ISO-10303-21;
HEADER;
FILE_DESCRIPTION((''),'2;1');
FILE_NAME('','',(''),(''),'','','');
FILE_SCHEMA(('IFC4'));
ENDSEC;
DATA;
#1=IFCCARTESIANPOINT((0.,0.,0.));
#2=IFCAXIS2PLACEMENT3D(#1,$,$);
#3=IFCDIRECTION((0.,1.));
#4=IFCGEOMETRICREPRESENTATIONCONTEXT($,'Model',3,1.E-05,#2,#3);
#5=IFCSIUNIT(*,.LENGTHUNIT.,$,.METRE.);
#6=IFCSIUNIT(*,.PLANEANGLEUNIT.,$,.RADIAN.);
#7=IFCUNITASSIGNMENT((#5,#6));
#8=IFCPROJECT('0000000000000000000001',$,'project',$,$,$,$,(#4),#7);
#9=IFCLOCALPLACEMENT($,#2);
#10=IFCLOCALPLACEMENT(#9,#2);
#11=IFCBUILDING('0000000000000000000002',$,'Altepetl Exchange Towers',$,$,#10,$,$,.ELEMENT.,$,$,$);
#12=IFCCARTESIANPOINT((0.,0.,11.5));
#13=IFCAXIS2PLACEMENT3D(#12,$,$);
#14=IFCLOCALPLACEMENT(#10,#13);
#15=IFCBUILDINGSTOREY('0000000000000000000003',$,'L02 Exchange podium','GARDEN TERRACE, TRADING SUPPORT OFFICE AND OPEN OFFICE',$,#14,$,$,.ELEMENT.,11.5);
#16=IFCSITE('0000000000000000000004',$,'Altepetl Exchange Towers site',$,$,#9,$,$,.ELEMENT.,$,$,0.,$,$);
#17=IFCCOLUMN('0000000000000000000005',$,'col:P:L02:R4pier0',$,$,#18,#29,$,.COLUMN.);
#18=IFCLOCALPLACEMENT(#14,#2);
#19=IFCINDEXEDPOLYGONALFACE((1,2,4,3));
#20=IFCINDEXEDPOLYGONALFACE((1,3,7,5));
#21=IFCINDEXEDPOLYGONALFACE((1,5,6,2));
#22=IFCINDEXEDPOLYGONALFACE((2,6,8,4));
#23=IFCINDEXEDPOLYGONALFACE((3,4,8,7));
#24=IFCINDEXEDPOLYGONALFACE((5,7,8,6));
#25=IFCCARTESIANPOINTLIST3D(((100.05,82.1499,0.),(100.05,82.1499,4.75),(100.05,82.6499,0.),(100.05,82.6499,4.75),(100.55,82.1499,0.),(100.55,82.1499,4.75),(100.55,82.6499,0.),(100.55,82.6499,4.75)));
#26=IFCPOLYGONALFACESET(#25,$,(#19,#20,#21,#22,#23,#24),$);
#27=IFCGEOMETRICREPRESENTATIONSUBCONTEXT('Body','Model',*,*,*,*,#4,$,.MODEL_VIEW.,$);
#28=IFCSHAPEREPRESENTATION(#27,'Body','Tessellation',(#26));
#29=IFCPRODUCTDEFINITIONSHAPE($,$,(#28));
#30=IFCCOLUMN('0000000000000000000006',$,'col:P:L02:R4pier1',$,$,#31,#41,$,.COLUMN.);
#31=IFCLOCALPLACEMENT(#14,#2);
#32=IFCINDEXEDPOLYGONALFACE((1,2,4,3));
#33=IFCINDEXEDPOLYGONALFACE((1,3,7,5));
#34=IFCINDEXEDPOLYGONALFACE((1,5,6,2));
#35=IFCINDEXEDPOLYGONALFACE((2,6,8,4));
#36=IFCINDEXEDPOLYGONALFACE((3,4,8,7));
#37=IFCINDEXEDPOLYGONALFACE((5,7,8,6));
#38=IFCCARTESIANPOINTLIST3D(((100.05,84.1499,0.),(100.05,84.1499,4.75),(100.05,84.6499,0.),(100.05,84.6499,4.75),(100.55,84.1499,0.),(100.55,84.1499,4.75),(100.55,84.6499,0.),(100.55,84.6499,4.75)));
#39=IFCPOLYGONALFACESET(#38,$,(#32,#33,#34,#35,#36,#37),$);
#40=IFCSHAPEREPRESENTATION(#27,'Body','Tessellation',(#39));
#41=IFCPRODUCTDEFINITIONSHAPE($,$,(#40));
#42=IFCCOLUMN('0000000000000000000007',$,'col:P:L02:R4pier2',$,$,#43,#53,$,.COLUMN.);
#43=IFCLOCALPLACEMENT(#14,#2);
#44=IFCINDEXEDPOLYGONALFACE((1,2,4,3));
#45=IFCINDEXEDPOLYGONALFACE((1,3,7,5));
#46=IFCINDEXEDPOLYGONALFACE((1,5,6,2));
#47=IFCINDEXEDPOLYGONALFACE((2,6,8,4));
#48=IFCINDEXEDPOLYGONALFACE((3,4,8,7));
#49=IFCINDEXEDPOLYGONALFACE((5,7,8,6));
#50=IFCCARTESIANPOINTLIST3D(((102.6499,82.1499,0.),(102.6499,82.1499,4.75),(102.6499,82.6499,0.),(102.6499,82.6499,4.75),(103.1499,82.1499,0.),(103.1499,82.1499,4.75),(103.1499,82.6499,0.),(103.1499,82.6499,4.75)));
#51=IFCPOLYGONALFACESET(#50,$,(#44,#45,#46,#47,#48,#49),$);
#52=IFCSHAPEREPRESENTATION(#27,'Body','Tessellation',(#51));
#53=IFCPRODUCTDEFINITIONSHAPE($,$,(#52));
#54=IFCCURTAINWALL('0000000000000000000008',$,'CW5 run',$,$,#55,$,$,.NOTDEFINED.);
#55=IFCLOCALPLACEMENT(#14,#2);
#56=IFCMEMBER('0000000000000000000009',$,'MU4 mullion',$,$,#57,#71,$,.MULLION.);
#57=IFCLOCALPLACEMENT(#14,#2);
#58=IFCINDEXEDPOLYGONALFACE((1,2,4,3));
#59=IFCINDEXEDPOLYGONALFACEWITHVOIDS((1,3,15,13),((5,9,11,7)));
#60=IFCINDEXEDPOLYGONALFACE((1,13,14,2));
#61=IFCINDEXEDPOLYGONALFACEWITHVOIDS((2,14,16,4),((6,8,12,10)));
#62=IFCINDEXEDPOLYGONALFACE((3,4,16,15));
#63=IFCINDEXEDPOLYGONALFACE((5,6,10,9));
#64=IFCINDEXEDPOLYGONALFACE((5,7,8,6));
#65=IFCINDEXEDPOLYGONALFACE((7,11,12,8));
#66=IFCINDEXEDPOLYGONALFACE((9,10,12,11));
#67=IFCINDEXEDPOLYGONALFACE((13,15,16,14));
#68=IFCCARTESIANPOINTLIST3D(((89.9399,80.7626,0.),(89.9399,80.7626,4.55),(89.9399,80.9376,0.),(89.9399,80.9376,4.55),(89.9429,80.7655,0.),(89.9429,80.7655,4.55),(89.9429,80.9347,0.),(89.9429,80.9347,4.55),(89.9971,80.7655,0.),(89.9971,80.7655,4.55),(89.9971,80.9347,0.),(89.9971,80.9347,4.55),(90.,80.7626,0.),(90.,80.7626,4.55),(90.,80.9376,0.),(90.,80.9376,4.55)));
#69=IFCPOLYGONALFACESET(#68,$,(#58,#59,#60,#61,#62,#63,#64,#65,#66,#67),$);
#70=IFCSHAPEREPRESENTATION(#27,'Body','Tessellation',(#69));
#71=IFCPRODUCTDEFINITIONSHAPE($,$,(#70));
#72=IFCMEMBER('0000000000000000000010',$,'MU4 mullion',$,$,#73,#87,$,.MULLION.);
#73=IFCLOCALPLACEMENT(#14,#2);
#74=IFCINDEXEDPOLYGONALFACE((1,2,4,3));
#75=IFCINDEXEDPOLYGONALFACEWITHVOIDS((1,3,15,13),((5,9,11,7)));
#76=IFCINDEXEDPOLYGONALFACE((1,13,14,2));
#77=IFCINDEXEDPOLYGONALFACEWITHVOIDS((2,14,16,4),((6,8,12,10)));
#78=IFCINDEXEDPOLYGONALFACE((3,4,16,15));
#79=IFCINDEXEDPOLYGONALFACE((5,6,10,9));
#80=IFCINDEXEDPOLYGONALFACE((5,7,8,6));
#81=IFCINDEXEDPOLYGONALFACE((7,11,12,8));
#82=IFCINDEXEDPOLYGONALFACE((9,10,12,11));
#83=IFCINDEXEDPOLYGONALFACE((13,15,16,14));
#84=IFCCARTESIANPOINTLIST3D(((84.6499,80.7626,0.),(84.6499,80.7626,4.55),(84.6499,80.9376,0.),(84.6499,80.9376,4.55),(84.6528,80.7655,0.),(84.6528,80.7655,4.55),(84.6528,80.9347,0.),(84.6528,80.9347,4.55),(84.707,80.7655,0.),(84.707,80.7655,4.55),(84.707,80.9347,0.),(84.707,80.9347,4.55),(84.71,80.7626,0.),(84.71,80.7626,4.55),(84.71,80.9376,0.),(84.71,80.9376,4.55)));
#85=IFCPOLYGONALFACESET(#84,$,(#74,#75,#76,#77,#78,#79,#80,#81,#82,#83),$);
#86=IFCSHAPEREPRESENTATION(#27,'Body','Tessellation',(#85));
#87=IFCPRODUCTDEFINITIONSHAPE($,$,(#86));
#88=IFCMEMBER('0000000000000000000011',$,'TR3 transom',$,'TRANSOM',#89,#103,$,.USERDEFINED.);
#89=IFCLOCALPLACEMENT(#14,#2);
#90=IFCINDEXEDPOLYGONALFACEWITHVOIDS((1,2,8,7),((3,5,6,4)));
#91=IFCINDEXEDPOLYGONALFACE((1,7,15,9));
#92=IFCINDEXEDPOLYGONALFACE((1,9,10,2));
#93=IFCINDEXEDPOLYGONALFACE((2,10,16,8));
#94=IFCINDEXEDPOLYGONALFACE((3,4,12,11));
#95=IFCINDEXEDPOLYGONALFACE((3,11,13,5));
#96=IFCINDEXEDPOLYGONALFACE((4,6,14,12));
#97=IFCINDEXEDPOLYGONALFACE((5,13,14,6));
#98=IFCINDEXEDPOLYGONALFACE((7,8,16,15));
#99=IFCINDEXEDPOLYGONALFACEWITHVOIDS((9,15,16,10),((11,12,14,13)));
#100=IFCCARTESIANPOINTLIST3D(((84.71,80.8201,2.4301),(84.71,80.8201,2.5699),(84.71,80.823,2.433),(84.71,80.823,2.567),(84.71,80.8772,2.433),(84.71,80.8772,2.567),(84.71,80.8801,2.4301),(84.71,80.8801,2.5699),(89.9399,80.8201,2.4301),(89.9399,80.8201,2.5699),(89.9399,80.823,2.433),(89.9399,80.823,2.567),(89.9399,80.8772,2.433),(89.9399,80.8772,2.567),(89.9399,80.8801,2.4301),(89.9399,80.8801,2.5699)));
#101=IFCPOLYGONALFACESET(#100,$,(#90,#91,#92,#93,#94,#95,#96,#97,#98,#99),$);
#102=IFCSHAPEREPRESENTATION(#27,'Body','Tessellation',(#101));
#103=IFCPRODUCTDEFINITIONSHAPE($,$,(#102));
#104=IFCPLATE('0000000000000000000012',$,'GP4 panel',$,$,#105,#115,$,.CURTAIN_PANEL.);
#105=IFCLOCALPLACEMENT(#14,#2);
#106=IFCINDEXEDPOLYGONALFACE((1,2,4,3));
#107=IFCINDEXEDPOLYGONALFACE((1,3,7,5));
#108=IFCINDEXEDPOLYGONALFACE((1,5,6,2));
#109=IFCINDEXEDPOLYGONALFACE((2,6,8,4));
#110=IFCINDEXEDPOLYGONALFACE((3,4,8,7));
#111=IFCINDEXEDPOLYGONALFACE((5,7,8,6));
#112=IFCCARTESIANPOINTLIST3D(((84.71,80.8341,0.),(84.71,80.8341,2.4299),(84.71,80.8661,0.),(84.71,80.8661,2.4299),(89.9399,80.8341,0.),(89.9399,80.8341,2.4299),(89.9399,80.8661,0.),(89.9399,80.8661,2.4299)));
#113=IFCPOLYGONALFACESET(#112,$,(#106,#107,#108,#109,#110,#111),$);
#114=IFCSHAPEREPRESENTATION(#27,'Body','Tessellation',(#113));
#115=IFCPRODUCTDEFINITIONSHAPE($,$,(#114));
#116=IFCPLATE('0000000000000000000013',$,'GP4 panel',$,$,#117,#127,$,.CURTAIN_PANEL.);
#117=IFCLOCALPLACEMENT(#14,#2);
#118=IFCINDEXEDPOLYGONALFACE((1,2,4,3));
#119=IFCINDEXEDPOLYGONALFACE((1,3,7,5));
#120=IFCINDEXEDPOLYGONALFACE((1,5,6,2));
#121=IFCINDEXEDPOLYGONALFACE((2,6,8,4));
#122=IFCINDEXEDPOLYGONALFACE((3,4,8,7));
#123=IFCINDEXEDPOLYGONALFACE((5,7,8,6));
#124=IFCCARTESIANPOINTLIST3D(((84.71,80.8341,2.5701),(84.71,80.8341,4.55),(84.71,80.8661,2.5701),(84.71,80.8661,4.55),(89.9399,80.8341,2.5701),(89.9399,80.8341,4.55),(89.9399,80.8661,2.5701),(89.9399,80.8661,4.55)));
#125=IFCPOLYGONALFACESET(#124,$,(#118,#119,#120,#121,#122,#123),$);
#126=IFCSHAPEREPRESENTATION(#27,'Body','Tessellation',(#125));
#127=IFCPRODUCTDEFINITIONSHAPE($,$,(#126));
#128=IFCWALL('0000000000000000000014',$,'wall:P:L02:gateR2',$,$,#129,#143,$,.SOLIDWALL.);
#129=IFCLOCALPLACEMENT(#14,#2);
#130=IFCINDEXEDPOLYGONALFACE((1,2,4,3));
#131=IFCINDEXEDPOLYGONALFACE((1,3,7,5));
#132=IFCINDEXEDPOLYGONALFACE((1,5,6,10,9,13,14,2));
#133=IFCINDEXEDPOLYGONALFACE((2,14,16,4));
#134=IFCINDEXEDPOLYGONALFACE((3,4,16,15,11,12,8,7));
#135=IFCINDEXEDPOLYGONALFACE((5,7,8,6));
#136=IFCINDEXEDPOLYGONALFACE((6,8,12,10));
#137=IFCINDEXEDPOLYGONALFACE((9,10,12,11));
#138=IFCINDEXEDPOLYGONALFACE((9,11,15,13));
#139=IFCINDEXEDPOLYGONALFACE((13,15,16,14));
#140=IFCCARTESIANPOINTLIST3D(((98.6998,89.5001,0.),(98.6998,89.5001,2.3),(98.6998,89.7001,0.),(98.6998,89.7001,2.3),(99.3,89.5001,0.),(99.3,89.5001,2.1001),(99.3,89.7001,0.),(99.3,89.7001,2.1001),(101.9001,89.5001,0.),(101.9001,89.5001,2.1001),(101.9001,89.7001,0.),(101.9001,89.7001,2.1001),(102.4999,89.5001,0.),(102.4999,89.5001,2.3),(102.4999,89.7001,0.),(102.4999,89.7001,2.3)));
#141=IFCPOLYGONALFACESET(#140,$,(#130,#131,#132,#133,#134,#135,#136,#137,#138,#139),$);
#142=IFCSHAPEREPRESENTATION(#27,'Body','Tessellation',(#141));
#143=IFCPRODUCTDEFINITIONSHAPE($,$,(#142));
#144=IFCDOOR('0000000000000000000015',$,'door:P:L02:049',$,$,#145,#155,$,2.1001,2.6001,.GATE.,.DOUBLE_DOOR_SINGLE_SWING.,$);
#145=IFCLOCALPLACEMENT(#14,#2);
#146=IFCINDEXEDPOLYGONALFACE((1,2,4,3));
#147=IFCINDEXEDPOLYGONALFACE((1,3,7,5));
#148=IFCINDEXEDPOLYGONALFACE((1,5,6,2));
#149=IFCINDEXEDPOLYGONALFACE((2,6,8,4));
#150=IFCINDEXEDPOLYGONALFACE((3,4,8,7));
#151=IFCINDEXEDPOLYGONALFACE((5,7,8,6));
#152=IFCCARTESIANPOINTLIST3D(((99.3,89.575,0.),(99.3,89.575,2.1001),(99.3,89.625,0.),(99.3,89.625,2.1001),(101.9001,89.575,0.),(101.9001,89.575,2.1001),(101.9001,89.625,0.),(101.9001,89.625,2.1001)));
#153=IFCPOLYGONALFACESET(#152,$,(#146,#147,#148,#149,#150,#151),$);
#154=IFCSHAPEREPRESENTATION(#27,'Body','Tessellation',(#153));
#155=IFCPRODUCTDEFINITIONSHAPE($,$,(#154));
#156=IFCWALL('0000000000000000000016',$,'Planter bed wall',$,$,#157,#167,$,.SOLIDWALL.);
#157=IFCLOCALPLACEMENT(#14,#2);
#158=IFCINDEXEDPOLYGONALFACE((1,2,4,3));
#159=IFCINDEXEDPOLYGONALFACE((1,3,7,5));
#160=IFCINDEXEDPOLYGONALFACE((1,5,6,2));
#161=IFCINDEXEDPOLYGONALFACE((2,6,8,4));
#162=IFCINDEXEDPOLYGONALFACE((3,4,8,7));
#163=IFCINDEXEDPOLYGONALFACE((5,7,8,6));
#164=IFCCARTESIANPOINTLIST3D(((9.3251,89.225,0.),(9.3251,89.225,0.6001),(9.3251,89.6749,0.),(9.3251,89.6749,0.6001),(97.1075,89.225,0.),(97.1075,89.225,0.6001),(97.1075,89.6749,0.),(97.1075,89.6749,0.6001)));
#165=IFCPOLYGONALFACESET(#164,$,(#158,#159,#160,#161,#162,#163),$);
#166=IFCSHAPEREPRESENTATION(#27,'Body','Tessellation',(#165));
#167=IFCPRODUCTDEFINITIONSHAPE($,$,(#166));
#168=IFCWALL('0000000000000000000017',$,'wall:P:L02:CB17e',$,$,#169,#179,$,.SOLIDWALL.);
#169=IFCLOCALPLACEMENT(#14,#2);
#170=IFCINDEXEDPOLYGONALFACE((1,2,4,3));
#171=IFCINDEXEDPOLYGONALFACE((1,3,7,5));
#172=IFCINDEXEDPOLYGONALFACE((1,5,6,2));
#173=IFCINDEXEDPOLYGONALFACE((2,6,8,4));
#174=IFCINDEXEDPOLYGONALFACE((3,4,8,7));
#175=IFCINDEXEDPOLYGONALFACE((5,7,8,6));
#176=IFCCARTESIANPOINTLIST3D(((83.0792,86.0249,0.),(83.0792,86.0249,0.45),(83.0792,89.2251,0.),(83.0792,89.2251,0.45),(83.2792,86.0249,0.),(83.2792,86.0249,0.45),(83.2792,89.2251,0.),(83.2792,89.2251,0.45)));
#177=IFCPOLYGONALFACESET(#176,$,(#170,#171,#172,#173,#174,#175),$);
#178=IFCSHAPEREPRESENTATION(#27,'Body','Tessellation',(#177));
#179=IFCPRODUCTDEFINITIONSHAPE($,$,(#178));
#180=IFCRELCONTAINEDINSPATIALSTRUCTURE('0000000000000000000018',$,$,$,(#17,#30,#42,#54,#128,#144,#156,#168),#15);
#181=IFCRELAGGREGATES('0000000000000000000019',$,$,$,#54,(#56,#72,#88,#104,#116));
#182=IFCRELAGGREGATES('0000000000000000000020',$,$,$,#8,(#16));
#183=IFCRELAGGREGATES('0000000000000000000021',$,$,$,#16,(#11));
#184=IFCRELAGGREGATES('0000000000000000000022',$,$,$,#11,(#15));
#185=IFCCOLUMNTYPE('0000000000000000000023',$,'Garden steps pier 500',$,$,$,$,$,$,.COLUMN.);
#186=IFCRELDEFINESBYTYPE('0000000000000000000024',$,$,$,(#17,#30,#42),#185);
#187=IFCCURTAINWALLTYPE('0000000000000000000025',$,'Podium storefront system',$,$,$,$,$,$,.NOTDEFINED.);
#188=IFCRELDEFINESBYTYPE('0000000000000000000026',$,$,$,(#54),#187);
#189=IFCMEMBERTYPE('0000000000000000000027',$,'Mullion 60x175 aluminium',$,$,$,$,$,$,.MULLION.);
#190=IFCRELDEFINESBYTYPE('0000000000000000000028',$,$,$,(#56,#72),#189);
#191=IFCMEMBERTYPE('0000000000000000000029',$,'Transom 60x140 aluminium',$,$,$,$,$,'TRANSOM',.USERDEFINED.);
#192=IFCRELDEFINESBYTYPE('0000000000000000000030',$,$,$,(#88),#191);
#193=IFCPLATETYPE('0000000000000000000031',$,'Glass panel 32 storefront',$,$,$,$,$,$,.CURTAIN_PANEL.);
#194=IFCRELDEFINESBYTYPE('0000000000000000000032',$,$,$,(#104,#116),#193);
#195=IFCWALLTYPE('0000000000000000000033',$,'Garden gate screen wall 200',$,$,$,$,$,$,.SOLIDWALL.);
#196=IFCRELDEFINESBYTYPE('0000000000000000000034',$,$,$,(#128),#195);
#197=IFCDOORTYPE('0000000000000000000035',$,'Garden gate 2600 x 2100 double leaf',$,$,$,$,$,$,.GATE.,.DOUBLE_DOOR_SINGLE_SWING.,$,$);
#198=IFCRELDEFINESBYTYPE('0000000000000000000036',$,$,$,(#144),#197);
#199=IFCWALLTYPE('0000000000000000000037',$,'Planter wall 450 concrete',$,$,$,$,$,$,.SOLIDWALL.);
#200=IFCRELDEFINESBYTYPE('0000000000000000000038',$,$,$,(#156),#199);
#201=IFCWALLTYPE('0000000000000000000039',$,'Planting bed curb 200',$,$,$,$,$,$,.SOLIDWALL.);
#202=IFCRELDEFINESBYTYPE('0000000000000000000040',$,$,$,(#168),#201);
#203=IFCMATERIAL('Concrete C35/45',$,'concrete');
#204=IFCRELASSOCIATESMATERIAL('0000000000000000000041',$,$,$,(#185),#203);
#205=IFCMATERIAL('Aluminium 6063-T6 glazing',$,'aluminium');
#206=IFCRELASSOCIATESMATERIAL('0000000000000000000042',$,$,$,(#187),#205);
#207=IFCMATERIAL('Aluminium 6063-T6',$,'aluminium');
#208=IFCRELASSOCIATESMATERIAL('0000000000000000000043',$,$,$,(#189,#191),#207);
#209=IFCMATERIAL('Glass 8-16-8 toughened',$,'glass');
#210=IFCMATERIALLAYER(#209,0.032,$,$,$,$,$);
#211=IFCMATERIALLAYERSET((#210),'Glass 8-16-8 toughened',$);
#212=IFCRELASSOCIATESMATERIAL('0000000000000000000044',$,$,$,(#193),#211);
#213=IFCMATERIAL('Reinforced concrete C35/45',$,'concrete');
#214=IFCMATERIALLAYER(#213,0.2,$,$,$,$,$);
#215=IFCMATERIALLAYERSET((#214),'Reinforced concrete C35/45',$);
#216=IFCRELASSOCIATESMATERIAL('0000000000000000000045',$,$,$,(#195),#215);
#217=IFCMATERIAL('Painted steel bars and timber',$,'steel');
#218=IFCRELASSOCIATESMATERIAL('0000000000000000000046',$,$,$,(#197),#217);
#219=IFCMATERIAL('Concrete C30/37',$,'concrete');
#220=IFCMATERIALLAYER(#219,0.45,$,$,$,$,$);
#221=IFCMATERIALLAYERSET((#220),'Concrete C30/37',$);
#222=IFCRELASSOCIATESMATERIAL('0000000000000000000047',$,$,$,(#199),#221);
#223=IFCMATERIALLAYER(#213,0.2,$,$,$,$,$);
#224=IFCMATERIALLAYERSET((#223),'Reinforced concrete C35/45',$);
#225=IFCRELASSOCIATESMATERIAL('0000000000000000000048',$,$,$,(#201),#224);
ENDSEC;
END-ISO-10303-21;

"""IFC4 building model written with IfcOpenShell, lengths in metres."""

from ifc_helpers import new_model, si_unit, direction, frame, frame_2d, origin, origin_2d, place, context, subcontext, project, spatial, rectangle, hollow_rectangle, extrude, material, layer, layer_set, material_profile, profile_set, type_object, element, fill, aggregate, save


model = new_model("IFC4")

# Units and contexts
model_context = context("Model", 3, precision=1e-05, world=origin(), true_north=direction((0.0, 1.0)))
body_context = subcontext(model_context, "Body", "Model", "MODEL_VIEW")
ifc_project = project(units=[si_unit("LENGTHUNIT", "METRE"), si_unit("PLANEANGLEUNIT", "RADIAN")], contexts=[model_context])

# Site, building, storey
site_placement = place(None, origin())
site = spatial("IfcSite", under=ifc_project, at=site_placement, Name="Altepetl Exchange Towers site", CompositionType="ELEMENT", RefElevation=0.0)
building_placement = place(site_placement, origin())
building = spatial("IfcBuilding", under=site, at=building_placement, Name="Altepetl Exchange Towers", CompositionType="ELEMENT")
storey_placement = place(building_placement, frame((0.0, 0.0, 11.5)))
storey = spatial("IfcBuildingStorey", under=building, at=storey_placement, Name="L02 Exchange podium", Description="GARDEN TERRACE, TRADING SUPPORT OFFICE AND OPEN OFFICE", CompositionType="ELEMENT", Elevation=11.5)

# Columns
ifc_material_1 = material(Name="Concrete C35/45", Category="concrete")
ifc_material_profile_1 = material_profile(ifc_material_1, rectangle(XDim=0.5, YDim=0.5, at=origin_2d()), Name="500 x 500")
ifc_profile_set_1 = profile_set([ifc_material_profile_1], Name="Concrete C35/45")
column_type = type_object("IfcColumnType", Name="Garden steps pier 500", PredefinedType="COLUMN", material=ifc_profile_set_1)
for number, where, name in (
    (1, (100.3, 82.3999, 0.0), "col:P:L02:R4pier0"),
    (2, (100.3, 84.3999, 0.0), "col:P:L02:R4pier1"),
    (3, (102.8999, 82.3999, 0.0), "col:P:L02:R4pier2"),
):
    element("IfcColumn", number, at=place(storey_placement, frame(where)), inside=storey, type_object=column_type, Name=name, PredefinedType="COLUMN", context=body_context, shape_type="SweptSolid", body=[
        extrude(rectangle(XDim=0.5, YDim=0.5, at=origin_2d()), origin(), (0.0, 0.0, 1.0), 4.75),
    ])

# Curtain wall, members, plates
ifc_material_2 = material(Name="Aluminium 6063-T6 glazing", Category="aluminium")
curtain_wall_type = type_object("IfcCurtainWallType", Name="Podium storefront system", PredefinedType="NOTDEFINED", material=ifc_material_2)
curtain_wall_placement = place(storey_placement, origin())
curtain_wall = element("IfcCurtainWall", 4, at=curtain_wall_placement, inside=storey, type_object=curtain_wall_type, Name="CW5 run", PredefinedType="NOTDEFINED")
ifc_material_3 = material(Name="Aluminium 6063-T6", Category="aluminium")
ifc_material_profile_2 = material_profile(ifc_material_3, hollow_rectangle(XDim=0.0601, YDim=0.175, WallThickness=0.0029, at=origin_2d()), Name="Mullion 60x175 aluminium")
ifc_profile_set_2 = profile_set([ifc_material_profile_2], Name="Aluminium 6063-T6")
member_type_1 = type_object("IfcMemberType", Name="Mullion 60x175 aluminium", PredefinedType="MULLION", material=ifc_profile_set_2)
member_1_placement = place(storey_placement, frame((89.97, 80.8501, 0.0), z_axis=(0.0, 0.0, 1.0), x_axis=(-1.0, 0.0, 0.0)))
member_1 = element("IfcMember", 5, at=member_1_placement, type_object=member_type_1, Name="MU4 mullion", PredefinedType="MULLION", context=body_context, shape_type="SweptSolid", body=[
    extrude(hollow_rectangle(XDim=0.0601, YDim=0.175, WallThickness=0.0029, at=origin_2d()), origin(), (0.0, 0.0, 1.0), 4.55),
])
member_2_placement = place(storey_placement, frame((84.6799, 80.8501, 0.0), z_axis=(0.0, 0.0, 1.0), x_axis=(-1.0, 0.0, 0.0)))
member_2 = element("IfcMember", 6, at=member_2_placement, type_object=member_type_1, Name="MU4 mullion", PredefinedType="MULLION", context=body_context, shape_type="SweptSolid", body=[
    extrude(hollow_rectangle(XDim=0.0601, YDim=0.175, WallThickness=0.0029, at=origin_2d()), origin(), (0.0, 0.0, 1.0), 4.55),
])
ifc_material_profile_3 = material_profile(ifc_material_3, hollow_rectangle(XDim=0.0601, YDim=0.1399, WallThickness=0.0029, at=origin_2d()), Name="Transom 60x140 aluminium")
ifc_profile_set_3 = profile_set([ifc_material_profile_3], Name="Aluminium 6063-T6")
member_type_2 = type_object("IfcMemberType", Name="Transom 60x140 aluminium", ElementType="TRANSOM", PredefinedType="USERDEFINED", material=ifc_profile_set_3)
member_3_placement = place(storey_placement, frame((89.9399, 80.8501, 2.5), z_axis=(-1.0, 0.0, 0.0), x_axis=(0.0, -1.0, 0.0)))
member_3 = element("IfcMember", 7, at=member_3_placement, type_object=member_type_2, Name="TR3 transom", ObjectType="TRANSOM", PredefinedType="USERDEFINED", context=body_context, shape_type="SweptSolid", body=[
    extrude(hollow_rectangle(XDim=0.0601, YDim=0.1399, WallThickness=0.0029, at=origin_2d()), origin(), (0.0, 0.0, 1.0), 5.23),
])
ifc_material_4 = material(Name="Glass 8-16-8 toughened", Category="glass")
ifc_layer_1 = layer(ifc_material_4, 0.032)
ifc_layer_set_1 = layer_set([ifc_layer_1], Name="Glass 8-16-8 toughened")
plate_type = type_object("IfcPlateType", Name="Glass panel 32 storefront", PredefinedType="CURTAIN_PANEL", material=ifc_layer_set_1)
plate_1_placement = place(storey_placement, frame((87.325, 80.8501, 0.0), z_axis=(0.0, 0.0, 1.0), x_axis=(-1.0, 0.0, 0.0)))
plate_1 = element("IfcPlate", 8, at=plate_1_placement, type_object=plate_type, Name="GP4 panel", PredefinedType="CURTAIN_PANEL", context=body_context, shape_type="SweptSolid", body=[
    extrude(rectangle(XDim=5.23, YDim=0.032, at=origin_2d()), origin(), (0.0, 0.0, 1.0), 2.4299),
])
plate_2_placement = place(storey_placement, frame((87.325, 80.8501, 2.5701), z_axis=(0.0, 0.0, 1.0), x_axis=(-1.0, 0.0, 0.0)))
plate_2 = element("IfcPlate", 9, at=plate_2_placement, type_object=plate_type, Name="GP4 panel", PredefinedType="CURTAIN_PANEL", context=body_context, shape_type="SweptSolid", body=[
    extrude(rectangle(XDim=5.23, YDim=0.032, at=origin_2d()), origin(), (0.0, 0.0, 1.0), 1.98),
])
aggregate(curtain_wall, [member_1, member_2, member_3, plate_1, plate_2])

# Wall, opening, door
ifc_material_5 = material(Name="Reinforced concrete C35/45", Category="concrete")
ifc_layer_2 = layer(ifc_material_5, 0.2)
ifc_layer_set_2 = layer_set([ifc_layer_2], Name="Reinforced concrete C35/45")
wall_type_1 = type_object("IfcWallType", Name="Garden gate screen wall 200", PredefinedType="SOLIDWALL", material=ifc_layer_set_2)
wall_1_placement = place(storey_placement, frame((98.7, 89.6001, 0.0)))
wall_1 = element("IfcWall", 10, at=wall_1_placement, inside=storey, type_object=wall_type_1, Name="wall:P:L02:gateR2", PredefinedType="SOLIDWALL", context=body_context, shape_type="SweptSolid", body=[
    extrude(rectangle(XDim=3.8, YDim=0.2, at=frame_2d((1.8999, 0.0))), origin(), (0.0, 0.0, 1.0), 2.3),
])
opening_1_placement = place(wall_1_placement, frame((0.6001, 0.0, 0.0)))
opening_1 = element("IfcOpeningElement", 11, at=opening_1_placement, cuts=wall_1, PredefinedType="OPENING", context=body_context, shape_type="SweptSolid", body=[
    extrude(rectangle(XDim=2.6001, YDim=2.1001, at=frame_2d((1.3, 1.05))), frame((0.0, 0.1099, 0.0), z_axis=(0.0, -1.0, 0.0), x_axis=(1.0, 0.0, 0.0)), (0.0, 0.0, 1.0), 0.22),
])
ifc_material_6 = material(Name="Painted steel bars and timber", Category="steel")
door_type_1 = type_object("IfcDoorType", Name="Garden gate 2600 x 2100 double leaf", OperationType="DOUBLE_DOOR_SINGLE_SWING", PredefinedType="GATE", material=ifc_material_6)
door_1_placement = place(opening_1_placement, origin())
door_1 = element("IfcDoor", 12, at=door_1_placement, inside=storey, type_object=door_type_1, Name="door:P:L02:049", OperationType="DOUBLE_DOOR_SINGLE_SWING", OverallHeight=2.1001, OverallWidth=2.6001, PredefinedType="GATE", context=body_context, shape_type="SweptSolid", body=[
    extrude(rectangle(XDim=2.6001, YDim=2.1001, at=frame_2d((1.3, 1.05))), frame((0.0, 0.0249, 0.0), z_axis=(0.0, -1.0, 0.0), x_axis=(1.0, 0.0, 0.0)), (0.0, 0.0, 1.0), 0.05),
])
fill(opening_1, door_1)

# Walls
ifc_material_7 = material(Name="Concrete C30/37", Category="concrete")
ifc_layer_3 = layer(ifc_material_7, 0.45)
ifc_layer_set_3 = layer_set([ifc_layer_3], Name="Concrete C30/37")
wall_type_2 = type_object("IfcWallType", Name="Planter wall 450 concrete", PredefinedType="SOLIDWALL", material=ifc_layer_set_3)
wall_2_placement = place(storey_placement, frame((97.1074, 89.45, 0.0), z_axis=(0.0, 0.0, 1.0), x_axis=(-1.0, 0.0, 0.0)))
element("IfcWall", 13, at=wall_2_placement, inside=storey, type_object=wall_type_2, Name="Planter bed wall", PredefinedType="SOLIDWALL", context=body_context, shape_type="SweptSolid", body=[
    extrude(rectangle(XDim=87.7825, YDim=0.45, at=frame_2d((43.8911, 0.0))), origin(), (0.0, 0.0, 1.0), 0.6001),
])
ifc_layer_4 = layer(ifc_material_5, 0.2)
ifc_layer_set_4 = layer_set([ifc_layer_4], Name="Reinforced concrete C35/45")
wall_type_3 = type_object("IfcWallType", Name="Planting bed curb 200", PredefinedType="SOLIDWALL", material=ifc_layer_set_4)
for number, where, z_axis, x_axis, name in (
    (14, (83.1792, 86.0249, 0.0), (0.0, 0.0, 1.0), (0.0, 1.0, 0.0), "wall:P:L02:CB17e"),
):
    element("IfcWall", number, at=place(storey_placement, frame(where, z_axis=z_axis, x_axis=x_axis)), inside=storey, type_object=wall_type_3, Name=name, PredefinedType="SOLIDWALL", context=body_context, shape_type="SweptSolid", body=[
        extrude(rectangle(XDim=3.2002, YDim=0.2, at=frame_2d((1.6001, 0.0))), origin(), (0.0, 0.0, 1.0), 0.45),
    ])

save(model, "model.ifc")
